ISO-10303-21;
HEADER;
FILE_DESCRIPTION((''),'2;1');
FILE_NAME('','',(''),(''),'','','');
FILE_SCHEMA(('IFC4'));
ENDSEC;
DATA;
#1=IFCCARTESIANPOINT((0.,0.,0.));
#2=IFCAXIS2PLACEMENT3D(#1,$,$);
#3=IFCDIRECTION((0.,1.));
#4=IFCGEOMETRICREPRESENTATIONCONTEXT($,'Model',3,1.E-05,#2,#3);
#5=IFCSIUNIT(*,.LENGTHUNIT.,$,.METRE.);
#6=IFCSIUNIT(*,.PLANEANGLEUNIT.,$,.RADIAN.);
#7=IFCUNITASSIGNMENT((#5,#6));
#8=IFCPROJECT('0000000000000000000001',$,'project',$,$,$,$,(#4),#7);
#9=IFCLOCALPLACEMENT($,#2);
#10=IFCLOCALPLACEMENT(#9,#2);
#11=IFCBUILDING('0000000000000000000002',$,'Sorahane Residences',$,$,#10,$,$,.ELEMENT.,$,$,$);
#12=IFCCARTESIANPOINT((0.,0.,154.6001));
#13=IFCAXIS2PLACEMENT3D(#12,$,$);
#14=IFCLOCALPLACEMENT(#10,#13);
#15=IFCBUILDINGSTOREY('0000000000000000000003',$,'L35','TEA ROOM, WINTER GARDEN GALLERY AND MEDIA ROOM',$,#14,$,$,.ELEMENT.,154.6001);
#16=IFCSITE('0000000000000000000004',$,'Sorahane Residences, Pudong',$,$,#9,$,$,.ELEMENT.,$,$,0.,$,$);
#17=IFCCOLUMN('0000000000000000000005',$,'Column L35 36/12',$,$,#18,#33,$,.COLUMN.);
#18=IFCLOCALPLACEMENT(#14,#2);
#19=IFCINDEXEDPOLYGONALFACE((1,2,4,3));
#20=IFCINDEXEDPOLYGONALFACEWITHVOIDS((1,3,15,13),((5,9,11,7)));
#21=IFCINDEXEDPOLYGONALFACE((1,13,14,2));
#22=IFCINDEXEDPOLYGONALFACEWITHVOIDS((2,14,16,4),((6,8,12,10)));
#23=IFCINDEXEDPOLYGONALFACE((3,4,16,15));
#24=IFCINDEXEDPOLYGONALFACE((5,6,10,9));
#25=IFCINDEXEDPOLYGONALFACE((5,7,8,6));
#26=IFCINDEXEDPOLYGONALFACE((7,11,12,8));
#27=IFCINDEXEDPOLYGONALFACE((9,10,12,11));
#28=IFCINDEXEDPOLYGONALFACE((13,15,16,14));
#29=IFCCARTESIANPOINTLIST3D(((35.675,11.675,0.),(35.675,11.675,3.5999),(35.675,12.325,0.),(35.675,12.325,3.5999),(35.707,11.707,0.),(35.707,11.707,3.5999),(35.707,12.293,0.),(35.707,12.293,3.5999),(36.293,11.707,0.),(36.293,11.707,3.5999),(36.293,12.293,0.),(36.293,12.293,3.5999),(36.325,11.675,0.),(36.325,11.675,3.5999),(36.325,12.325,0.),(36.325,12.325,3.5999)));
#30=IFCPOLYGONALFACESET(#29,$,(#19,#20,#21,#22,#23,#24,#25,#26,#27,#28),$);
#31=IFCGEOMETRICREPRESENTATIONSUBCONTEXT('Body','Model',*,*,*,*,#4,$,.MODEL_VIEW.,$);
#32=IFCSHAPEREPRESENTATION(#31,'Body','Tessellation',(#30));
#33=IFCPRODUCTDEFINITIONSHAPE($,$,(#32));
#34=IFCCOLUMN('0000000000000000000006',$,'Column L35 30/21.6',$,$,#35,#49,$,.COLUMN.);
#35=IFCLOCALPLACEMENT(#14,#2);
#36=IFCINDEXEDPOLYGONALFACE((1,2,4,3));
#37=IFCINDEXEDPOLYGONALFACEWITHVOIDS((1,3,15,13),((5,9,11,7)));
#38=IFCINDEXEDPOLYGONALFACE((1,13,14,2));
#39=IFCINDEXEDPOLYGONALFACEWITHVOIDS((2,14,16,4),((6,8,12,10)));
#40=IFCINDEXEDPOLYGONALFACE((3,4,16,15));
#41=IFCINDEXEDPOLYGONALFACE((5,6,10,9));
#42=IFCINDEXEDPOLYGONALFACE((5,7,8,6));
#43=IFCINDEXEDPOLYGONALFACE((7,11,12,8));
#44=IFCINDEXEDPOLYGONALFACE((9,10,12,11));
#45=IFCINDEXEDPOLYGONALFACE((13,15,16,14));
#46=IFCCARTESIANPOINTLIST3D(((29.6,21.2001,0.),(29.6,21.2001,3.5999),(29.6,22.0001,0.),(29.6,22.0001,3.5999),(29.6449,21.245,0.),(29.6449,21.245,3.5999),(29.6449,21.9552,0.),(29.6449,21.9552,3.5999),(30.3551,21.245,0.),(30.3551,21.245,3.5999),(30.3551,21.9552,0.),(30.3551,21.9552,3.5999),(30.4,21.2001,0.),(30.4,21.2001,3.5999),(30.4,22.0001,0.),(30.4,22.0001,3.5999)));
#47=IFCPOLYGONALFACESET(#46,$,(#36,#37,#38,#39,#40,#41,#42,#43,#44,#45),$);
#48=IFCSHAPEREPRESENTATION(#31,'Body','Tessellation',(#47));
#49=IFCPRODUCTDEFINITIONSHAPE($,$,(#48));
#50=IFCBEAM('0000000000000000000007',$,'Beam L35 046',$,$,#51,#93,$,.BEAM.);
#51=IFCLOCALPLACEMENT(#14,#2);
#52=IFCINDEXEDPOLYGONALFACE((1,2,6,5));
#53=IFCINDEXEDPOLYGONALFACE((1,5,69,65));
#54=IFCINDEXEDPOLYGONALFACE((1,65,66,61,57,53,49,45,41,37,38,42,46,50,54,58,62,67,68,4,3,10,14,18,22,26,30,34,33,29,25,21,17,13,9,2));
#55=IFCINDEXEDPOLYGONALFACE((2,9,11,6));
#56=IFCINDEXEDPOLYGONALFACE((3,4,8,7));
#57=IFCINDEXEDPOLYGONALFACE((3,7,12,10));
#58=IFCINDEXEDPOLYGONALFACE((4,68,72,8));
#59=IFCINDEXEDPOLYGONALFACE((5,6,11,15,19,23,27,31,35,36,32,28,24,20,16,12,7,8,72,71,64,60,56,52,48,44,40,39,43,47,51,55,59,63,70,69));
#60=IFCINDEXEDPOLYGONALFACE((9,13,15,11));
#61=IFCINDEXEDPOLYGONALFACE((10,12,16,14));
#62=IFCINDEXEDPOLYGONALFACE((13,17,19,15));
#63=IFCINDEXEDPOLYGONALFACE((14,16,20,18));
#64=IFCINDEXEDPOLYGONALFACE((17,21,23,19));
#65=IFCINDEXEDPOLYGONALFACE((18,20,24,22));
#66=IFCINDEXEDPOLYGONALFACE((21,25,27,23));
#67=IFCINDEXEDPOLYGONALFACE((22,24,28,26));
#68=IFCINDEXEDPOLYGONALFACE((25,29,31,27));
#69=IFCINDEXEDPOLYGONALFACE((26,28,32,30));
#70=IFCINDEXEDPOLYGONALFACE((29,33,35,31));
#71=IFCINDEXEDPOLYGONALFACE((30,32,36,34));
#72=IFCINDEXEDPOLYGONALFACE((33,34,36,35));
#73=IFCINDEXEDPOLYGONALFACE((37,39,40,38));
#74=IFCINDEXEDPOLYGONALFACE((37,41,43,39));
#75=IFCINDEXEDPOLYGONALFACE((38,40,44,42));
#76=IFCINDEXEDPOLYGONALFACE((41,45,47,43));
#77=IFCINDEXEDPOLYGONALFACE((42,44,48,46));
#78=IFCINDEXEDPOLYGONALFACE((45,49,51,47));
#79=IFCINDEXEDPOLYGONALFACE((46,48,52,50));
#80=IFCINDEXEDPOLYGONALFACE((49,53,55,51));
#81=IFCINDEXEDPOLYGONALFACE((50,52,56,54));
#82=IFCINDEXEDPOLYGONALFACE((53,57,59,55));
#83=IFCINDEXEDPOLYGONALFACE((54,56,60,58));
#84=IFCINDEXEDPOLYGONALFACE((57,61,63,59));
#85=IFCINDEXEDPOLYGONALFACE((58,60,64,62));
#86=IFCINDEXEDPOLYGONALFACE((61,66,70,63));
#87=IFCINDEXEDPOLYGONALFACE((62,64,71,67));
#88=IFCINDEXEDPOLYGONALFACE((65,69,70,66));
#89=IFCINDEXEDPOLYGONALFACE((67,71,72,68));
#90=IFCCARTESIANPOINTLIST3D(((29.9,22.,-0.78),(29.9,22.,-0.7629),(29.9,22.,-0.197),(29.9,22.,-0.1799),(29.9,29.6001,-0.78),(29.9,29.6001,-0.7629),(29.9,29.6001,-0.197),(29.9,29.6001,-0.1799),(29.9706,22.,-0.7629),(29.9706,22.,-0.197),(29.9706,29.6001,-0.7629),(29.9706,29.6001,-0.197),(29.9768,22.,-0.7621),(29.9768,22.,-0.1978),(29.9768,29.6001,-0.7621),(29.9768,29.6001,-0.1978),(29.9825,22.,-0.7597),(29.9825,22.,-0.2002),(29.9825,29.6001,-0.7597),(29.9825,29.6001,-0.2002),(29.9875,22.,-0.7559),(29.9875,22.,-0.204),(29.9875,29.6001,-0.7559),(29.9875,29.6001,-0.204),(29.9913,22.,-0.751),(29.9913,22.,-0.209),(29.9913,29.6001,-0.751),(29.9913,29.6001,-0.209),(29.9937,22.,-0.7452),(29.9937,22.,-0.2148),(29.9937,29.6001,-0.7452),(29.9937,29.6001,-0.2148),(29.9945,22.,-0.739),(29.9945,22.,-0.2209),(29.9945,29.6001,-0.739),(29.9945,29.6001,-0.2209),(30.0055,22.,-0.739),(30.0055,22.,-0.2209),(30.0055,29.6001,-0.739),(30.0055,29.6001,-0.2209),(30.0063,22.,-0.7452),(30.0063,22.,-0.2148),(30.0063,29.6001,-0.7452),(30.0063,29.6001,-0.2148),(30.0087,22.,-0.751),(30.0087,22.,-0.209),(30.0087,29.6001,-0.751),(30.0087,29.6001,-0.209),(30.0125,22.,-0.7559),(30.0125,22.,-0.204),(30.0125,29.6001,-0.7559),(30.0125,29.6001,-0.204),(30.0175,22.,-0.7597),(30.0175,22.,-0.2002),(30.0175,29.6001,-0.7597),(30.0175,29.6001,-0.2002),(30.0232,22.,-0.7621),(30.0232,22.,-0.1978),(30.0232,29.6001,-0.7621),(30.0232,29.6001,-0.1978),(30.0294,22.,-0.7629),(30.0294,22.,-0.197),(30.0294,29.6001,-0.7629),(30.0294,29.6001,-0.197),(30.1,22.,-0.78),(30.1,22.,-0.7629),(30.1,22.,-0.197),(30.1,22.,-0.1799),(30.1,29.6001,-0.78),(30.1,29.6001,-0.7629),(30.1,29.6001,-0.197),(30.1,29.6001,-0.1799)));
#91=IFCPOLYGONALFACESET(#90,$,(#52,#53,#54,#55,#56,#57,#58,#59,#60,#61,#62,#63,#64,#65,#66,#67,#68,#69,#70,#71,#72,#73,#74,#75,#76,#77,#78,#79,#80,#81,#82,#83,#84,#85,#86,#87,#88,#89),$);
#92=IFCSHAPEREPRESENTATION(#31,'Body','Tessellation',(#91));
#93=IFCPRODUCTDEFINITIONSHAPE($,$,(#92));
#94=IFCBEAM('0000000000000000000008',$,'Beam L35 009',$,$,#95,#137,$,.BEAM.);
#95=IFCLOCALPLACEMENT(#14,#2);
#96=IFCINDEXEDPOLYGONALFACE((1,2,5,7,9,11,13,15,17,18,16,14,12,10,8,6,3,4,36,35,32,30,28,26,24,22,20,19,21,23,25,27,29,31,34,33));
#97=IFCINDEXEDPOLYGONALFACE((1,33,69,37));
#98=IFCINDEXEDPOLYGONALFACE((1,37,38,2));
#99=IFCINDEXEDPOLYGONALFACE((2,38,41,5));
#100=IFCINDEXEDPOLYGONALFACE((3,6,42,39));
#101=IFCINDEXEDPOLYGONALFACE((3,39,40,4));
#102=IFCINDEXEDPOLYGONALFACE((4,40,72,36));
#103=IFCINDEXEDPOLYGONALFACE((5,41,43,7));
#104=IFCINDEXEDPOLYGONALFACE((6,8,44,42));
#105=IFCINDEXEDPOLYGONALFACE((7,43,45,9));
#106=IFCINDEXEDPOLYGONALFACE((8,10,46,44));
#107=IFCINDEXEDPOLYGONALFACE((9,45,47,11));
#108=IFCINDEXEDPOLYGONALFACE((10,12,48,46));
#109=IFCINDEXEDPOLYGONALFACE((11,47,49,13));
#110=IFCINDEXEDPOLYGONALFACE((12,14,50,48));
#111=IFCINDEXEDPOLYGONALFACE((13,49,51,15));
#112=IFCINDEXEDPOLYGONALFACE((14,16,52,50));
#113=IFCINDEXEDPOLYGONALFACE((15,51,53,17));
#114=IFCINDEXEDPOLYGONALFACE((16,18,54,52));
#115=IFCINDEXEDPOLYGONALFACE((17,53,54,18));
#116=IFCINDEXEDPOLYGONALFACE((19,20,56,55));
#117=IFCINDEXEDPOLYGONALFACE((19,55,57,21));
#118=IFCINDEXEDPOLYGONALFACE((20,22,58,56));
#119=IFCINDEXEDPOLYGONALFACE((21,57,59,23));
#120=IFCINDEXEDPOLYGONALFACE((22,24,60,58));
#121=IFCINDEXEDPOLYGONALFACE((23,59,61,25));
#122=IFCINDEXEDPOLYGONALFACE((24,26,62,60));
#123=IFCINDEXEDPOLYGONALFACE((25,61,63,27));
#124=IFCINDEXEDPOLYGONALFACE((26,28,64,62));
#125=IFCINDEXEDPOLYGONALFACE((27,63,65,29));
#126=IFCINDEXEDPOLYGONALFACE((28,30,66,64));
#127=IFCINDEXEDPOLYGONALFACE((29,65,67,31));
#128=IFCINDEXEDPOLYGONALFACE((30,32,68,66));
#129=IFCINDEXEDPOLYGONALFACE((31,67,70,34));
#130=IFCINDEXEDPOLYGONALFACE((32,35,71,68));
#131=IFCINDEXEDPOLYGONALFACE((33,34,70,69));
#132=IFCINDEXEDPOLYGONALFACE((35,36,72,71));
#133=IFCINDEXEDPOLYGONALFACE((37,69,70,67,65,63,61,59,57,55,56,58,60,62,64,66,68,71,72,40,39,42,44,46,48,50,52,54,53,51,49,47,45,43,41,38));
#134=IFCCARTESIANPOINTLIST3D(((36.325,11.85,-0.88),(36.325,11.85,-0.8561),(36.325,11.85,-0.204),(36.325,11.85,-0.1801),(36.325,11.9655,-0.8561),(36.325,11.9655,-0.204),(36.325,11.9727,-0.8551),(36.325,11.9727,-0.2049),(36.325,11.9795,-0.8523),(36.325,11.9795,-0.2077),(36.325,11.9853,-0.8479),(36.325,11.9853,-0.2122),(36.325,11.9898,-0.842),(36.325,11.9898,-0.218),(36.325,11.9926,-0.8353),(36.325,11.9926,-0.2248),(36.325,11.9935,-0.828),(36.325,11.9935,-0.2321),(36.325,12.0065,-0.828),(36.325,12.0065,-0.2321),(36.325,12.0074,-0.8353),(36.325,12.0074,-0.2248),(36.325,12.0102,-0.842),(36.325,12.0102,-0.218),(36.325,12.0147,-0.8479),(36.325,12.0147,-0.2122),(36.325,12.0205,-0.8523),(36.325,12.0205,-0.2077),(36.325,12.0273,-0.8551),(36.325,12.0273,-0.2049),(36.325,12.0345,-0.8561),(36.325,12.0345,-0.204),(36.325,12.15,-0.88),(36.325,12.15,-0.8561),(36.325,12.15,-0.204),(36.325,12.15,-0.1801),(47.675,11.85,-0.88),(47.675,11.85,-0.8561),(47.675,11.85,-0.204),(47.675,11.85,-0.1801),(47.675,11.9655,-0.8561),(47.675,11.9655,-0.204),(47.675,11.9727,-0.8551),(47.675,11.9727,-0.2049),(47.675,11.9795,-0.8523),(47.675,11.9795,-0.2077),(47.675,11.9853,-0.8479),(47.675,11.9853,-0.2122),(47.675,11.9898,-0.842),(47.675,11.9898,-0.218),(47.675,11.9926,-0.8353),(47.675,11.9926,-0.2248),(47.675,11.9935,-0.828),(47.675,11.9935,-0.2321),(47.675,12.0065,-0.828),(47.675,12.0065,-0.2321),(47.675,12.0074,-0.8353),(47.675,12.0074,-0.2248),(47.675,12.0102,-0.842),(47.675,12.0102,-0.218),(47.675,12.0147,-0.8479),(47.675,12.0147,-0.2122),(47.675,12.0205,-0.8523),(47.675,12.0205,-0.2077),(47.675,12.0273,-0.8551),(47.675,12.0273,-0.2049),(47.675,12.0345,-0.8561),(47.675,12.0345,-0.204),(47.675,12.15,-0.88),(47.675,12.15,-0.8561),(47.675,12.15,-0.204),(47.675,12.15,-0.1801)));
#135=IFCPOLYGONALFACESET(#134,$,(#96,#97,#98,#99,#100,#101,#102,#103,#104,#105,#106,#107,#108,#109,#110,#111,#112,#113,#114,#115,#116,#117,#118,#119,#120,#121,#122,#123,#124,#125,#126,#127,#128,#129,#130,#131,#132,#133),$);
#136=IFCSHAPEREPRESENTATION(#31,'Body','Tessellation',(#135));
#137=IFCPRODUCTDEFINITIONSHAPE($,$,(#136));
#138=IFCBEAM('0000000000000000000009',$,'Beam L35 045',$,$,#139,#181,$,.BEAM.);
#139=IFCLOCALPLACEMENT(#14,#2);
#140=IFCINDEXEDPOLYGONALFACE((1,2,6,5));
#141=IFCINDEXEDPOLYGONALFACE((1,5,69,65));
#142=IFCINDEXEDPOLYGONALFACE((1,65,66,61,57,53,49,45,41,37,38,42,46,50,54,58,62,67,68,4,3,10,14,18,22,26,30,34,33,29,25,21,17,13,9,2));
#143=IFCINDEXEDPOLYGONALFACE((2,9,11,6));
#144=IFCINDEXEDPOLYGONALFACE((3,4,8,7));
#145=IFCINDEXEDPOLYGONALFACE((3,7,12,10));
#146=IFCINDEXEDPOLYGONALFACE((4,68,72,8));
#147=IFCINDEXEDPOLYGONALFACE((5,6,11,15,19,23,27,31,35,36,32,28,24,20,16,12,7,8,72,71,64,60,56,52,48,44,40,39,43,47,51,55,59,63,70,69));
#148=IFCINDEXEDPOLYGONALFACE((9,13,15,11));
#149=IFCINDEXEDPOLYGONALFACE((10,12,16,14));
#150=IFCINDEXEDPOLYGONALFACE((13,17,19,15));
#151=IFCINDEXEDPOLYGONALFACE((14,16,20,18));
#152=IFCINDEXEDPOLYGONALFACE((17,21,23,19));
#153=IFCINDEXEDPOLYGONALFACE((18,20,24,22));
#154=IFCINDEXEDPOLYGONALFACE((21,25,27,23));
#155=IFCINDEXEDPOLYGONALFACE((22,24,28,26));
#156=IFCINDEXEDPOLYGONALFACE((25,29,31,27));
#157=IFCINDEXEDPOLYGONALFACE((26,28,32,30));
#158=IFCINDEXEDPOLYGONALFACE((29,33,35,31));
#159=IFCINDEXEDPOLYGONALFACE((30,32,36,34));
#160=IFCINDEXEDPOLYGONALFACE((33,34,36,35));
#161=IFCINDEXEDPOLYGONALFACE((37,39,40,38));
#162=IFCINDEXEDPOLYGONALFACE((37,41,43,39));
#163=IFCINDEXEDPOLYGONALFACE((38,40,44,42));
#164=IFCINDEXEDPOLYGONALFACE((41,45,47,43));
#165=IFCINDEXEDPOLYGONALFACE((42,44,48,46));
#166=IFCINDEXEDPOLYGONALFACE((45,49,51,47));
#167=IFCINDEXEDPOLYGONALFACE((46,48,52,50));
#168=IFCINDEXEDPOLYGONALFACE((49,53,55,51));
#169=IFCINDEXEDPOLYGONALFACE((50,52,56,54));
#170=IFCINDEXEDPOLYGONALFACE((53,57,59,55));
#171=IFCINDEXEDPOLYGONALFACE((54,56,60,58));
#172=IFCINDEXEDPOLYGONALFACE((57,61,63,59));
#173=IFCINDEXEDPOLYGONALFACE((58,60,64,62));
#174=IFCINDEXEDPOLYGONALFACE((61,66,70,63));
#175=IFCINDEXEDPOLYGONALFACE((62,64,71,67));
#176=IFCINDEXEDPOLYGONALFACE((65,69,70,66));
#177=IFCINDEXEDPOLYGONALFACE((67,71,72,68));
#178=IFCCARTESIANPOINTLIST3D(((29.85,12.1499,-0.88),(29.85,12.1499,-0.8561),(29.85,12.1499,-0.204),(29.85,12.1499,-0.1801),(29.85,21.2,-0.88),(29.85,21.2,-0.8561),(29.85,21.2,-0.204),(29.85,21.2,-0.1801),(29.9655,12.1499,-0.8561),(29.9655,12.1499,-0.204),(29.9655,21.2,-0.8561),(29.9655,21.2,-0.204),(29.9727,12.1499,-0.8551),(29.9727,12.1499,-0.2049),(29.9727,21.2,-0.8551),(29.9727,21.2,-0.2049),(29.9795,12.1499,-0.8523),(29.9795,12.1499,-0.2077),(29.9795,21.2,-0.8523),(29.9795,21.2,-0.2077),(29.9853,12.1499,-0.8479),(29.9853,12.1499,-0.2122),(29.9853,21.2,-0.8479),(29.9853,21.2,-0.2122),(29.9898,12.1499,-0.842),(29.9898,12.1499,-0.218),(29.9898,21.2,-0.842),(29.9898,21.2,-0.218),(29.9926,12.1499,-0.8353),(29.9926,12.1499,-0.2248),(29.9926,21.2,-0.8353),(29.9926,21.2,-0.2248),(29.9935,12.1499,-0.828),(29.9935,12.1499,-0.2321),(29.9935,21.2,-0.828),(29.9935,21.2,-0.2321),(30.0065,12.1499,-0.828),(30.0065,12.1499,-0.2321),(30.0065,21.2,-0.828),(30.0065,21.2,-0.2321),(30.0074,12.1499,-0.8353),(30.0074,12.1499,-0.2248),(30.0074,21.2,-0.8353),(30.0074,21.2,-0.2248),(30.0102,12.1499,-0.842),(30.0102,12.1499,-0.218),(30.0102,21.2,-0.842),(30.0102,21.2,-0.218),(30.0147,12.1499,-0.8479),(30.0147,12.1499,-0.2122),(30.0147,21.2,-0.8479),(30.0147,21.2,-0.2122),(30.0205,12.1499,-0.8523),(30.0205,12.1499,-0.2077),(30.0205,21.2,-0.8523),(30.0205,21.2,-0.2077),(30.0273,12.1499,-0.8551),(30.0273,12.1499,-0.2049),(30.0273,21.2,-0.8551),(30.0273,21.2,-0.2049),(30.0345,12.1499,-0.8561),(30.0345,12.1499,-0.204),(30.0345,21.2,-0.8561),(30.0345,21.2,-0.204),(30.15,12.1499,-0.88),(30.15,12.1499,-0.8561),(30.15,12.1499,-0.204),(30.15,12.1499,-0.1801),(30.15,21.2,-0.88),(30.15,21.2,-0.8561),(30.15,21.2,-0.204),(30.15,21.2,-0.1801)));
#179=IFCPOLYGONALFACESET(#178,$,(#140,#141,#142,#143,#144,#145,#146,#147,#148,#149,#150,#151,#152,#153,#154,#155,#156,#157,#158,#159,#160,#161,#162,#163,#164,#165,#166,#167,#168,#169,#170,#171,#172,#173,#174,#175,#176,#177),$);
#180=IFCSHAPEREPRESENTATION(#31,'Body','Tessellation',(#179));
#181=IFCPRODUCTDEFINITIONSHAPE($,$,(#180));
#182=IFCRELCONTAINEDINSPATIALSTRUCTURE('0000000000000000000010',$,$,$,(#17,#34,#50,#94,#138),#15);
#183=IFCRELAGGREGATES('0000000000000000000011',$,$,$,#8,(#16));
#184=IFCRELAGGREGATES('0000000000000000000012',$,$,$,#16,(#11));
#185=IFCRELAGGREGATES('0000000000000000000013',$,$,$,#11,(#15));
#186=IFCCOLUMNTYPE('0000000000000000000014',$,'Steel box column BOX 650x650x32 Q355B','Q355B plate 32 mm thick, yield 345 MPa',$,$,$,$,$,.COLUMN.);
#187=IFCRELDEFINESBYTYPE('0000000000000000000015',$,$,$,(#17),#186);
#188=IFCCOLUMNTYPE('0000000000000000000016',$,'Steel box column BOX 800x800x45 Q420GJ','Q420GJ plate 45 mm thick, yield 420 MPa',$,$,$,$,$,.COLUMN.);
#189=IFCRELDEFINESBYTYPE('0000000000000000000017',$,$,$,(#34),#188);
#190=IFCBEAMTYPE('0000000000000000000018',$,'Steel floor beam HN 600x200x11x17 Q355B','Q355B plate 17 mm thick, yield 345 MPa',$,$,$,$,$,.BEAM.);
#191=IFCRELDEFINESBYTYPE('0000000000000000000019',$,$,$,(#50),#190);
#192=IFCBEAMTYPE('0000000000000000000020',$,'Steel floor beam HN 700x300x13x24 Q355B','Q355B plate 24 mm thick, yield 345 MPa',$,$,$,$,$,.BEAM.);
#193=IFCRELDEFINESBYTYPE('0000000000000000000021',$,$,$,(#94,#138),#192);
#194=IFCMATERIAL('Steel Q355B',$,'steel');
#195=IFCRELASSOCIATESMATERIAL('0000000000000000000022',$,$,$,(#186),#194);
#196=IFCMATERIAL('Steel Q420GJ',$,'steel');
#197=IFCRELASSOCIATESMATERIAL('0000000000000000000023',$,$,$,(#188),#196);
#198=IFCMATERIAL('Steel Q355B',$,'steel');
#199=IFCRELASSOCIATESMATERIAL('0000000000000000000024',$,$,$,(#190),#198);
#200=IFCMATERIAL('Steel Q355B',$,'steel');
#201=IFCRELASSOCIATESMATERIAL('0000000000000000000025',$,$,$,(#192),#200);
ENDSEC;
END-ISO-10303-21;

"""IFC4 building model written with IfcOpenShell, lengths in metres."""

from ifc_helpers import new_model, si_unit, direction, frame, origin, origin_2d, place, context, subcontext, project, spatial, hollow_rectangle, i_section, extrude, material, material_profile, profile_set, type_object, element, save


model = new_model("IFC4")

# Units and contexts
model_context = context("Model", 3, precision=1e-05, world=origin(), true_north=direction((0.0, 1.0)))
body_context = subcontext(model_context, "Body", "Model", "MODEL_VIEW")
ifc_project = project(units=[si_unit("LENGTHUNIT", "METRE"), si_unit("PLANEANGLEUNIT", "RADIAN")], contexts=[model_context])

# Site, building, storey
site_placement = place(None, origin())
site = spatial("IfcSite", under=ifc_project, at=site_placement, Name="Sorahane Residences, Pudong", CompositionType="ELEMENT", RefElevation=0.0)
building_placement = place(site_placement, origin())
building = spatial("IfcBuilding", under=site, at=building_placement, Name="Sorahane Residences", CompositionType="ELEMENT")
storey_placement = place(building_placement, frame((0.0, 0.0, 154.6001)))
storey = spatial("IfcBuildingStorey", under=building, at=storey_placement, Name="L35", Description="TEA ROOM, WINTER GARDEN GALLERY AND MEDIA ROOM", CompositionType="ELEMENT", Elevation=154.6001)

# Columns
ifc_material_1 = material(Name="Steel Q355B", Category="steel")
ifc_material_profile_1 = material_profile(ifc_material_1, hollow_rectangle(XDim=0.6499, YDim=0.6499, WallThickness=0.032, at=origin_2d()), Name="BOX 650x650x32")
ifc_profile_set_1 = profile_set([ifc_material_profile_1], Name="Steel Q355B")
column_type_1 = type_object("IfcColumnType", Name="Steel box column BOX 650x650x32 Q355B", Description="Q355B plate 32 mm thick, yield 345 MPa", PredefinedType="COLUMN", material=ifc_profile_set_1)
column_1_placement = place(storey_placement, frame((36.0, 12.0, 0.0), z_axis=(0.0, 0.0, 1.0), x_axis=(1.0, 0.0, 0.0)))
element("IfcColumn", 1, at=column_1_placement, inside=storey, type_object=column_type_1, Name="Column L35 36/12", PredefinedType="COLUMN", context=body_context, shape_type="SweptSolid", body=[
    extrude(hollow_rectangle(XDim=0.6499, YDim=0.6499, WallThickness=0.032, at=origin_2d()), origin(), (0.0, 0.0, 1.0), 3.5999),
])
ifc_material_2 = material(Name="Steel Q420GJ", Category="steel")
ifc_material_profile_2 = material_profile(ifc_material_2, hollow_rectangle(XDim=0.8, YDim=0.8, WallThickness=0.0449, at=origin_2d()), Name="BOX 800x800x45")
ifc_profile_set_2 = profile_set([ifc_material_profile_2], Name="Steel Q420GJ")
column_type_2 = type_object("IfcColumnType", Name="Steel box column BOX 800x800x45 Q420GJ", Description="Q420GJ plate 45 mm thick, yield 420 MPa", PredefinedType="COLUMN", material=ifc_profile_set_2)
column_2_placement = place(storey_placement, frame((30.0, 21.6001, 0.0), z_axis=(0.0, 0.0, 1.0), x_axis=(1.0, 0.0, 0.0)))
element("IfcColumn", 2, at=column_2_placement, inside=storey, type_object=column_type_2, Name="Column L35 30/21.6", PredefinedType="COLUMN", context=body_context, shape_type="SweptSolid", body=[
    extrude(hollow_rectangle(XDim=0.8, YDim=0.8, WallThickness=0.0449, at=origin_2d()), origin(), (0.0, 0.0, 1.0), 3.5999),
])

# Beams
ifc_material_3 = material(Name="Steel Q355B", Category="steel")
ifc_material_profile_3 = material_profile(ifc_material_3, i_section(OverallWidth=0.2, OverallDepth=0.6001, WebThickness=0.011, FlangeThickness=0.0171, FilletRadius=0.0239, at=origin_2d()), Name="HN 600x200x11x17")
ifc_profile_set_3 = profile_set([ifc_material_profile_3], Name="Steel Q355B")
beam_type_1 = type_object("IfcBeamType", Name="Steel floor beam HN 600x200x11x17 Q355B", Description="Q355B plate 17 mm thick, yield 345 MPa", PredefinedType="BEAM", material=ifc_profile_set_3)
beam_1_placement = place(storey_placement, frame((30.0, 22.0, -0.48), z_axis=(0.0, 1.0, 0.0), x_axis=(-1.0, 0.0, 0.0)))
element("IfcBeam", 3, at=beam_1_placement, inside=storey, type_object=beam_type_1, Name="Beam L35 046", PredefinedType="BEAM", context=body_context, shape_type="SweptSolid", body=[
    extrude(i_section(OverallWidth=0.2, OverallDepth=0.6001, WebThickness=0.011, FlangeThickness=0.0171, FilletRadius=0.0239, at=origin_2d()), origin(), (0.0, 0.0, 1.0), 7.6001),
])
ifc_material_4 = material(Name="Steel Q355B", Category="steel")
ifc_material_profile_4 = material_profile(ifc_material_4, i_section(OverallWidth=0.3, OverallDepth=0.7, WebThickness=0.0129, FlangeThickness=0.0239, FilletRadius=0.0281, at=origin_2d()), Name="HN 700x300x13x24")
ifc_profile_set_4 = profile_set([ifc_material_profile_4], Name="Steel Q355B")
beam_type_2 = type_object("IfcBeamType", Name="Steel floor beam HN 700x300x13x24 Q355B", Description="Q355B plate 24 mm thick, yield 345 MPa", PredefinedType="BEAM", material=ifc_profile_set_4)
beam_2_placement = place(storey_placement, frame((36.325, 12.0, -0.53), z_axis=(1.0, 0.0, 0.0), x_axis=(0.0, 1.0, 0.0)))
element("IfcBeam", 4, at=beam_2_placement, inside=storey, type_object=beam_type_2, Name="Beam L35 009", PredefinedType="BEAM", context=body_context, shape_type="SweptSolid", body=[
    extrude(i_section(OverallWidth=0.3, OverallDepth=0.7, WebThickness=0.0129, FlangeThickness=0.0239, FilletRadius=0.0281, at=origin_2d()), origin(), (0.0, 0.0, 1.0), 11.3501),
])
beam_3_placement = place(storey_placement, frame((30.0, 12.1499, -0.53), z_axis=(0.0, 1.0, 0.0), x_axis=(-1.0, 0.0, 0.0)))
element("IfcBeam", 5, at=beam_3_placement, inside=storey, type_object=beam_type_2, Name="Beam L35 045", PredefinedType="BEAM", context=body_context, shape_type="SweptSolid", body=[
    extrude(i_section(OverallWidth=0.3, OverallDepth=0.7, WebThickness=0.0129, FlangeThickness=0.0239, FilletRadius=0.0281, at=origin_2d()), origin(), (0.0, 0.0, 1.0), 9.05),
])

save(model, "model.ifc")
